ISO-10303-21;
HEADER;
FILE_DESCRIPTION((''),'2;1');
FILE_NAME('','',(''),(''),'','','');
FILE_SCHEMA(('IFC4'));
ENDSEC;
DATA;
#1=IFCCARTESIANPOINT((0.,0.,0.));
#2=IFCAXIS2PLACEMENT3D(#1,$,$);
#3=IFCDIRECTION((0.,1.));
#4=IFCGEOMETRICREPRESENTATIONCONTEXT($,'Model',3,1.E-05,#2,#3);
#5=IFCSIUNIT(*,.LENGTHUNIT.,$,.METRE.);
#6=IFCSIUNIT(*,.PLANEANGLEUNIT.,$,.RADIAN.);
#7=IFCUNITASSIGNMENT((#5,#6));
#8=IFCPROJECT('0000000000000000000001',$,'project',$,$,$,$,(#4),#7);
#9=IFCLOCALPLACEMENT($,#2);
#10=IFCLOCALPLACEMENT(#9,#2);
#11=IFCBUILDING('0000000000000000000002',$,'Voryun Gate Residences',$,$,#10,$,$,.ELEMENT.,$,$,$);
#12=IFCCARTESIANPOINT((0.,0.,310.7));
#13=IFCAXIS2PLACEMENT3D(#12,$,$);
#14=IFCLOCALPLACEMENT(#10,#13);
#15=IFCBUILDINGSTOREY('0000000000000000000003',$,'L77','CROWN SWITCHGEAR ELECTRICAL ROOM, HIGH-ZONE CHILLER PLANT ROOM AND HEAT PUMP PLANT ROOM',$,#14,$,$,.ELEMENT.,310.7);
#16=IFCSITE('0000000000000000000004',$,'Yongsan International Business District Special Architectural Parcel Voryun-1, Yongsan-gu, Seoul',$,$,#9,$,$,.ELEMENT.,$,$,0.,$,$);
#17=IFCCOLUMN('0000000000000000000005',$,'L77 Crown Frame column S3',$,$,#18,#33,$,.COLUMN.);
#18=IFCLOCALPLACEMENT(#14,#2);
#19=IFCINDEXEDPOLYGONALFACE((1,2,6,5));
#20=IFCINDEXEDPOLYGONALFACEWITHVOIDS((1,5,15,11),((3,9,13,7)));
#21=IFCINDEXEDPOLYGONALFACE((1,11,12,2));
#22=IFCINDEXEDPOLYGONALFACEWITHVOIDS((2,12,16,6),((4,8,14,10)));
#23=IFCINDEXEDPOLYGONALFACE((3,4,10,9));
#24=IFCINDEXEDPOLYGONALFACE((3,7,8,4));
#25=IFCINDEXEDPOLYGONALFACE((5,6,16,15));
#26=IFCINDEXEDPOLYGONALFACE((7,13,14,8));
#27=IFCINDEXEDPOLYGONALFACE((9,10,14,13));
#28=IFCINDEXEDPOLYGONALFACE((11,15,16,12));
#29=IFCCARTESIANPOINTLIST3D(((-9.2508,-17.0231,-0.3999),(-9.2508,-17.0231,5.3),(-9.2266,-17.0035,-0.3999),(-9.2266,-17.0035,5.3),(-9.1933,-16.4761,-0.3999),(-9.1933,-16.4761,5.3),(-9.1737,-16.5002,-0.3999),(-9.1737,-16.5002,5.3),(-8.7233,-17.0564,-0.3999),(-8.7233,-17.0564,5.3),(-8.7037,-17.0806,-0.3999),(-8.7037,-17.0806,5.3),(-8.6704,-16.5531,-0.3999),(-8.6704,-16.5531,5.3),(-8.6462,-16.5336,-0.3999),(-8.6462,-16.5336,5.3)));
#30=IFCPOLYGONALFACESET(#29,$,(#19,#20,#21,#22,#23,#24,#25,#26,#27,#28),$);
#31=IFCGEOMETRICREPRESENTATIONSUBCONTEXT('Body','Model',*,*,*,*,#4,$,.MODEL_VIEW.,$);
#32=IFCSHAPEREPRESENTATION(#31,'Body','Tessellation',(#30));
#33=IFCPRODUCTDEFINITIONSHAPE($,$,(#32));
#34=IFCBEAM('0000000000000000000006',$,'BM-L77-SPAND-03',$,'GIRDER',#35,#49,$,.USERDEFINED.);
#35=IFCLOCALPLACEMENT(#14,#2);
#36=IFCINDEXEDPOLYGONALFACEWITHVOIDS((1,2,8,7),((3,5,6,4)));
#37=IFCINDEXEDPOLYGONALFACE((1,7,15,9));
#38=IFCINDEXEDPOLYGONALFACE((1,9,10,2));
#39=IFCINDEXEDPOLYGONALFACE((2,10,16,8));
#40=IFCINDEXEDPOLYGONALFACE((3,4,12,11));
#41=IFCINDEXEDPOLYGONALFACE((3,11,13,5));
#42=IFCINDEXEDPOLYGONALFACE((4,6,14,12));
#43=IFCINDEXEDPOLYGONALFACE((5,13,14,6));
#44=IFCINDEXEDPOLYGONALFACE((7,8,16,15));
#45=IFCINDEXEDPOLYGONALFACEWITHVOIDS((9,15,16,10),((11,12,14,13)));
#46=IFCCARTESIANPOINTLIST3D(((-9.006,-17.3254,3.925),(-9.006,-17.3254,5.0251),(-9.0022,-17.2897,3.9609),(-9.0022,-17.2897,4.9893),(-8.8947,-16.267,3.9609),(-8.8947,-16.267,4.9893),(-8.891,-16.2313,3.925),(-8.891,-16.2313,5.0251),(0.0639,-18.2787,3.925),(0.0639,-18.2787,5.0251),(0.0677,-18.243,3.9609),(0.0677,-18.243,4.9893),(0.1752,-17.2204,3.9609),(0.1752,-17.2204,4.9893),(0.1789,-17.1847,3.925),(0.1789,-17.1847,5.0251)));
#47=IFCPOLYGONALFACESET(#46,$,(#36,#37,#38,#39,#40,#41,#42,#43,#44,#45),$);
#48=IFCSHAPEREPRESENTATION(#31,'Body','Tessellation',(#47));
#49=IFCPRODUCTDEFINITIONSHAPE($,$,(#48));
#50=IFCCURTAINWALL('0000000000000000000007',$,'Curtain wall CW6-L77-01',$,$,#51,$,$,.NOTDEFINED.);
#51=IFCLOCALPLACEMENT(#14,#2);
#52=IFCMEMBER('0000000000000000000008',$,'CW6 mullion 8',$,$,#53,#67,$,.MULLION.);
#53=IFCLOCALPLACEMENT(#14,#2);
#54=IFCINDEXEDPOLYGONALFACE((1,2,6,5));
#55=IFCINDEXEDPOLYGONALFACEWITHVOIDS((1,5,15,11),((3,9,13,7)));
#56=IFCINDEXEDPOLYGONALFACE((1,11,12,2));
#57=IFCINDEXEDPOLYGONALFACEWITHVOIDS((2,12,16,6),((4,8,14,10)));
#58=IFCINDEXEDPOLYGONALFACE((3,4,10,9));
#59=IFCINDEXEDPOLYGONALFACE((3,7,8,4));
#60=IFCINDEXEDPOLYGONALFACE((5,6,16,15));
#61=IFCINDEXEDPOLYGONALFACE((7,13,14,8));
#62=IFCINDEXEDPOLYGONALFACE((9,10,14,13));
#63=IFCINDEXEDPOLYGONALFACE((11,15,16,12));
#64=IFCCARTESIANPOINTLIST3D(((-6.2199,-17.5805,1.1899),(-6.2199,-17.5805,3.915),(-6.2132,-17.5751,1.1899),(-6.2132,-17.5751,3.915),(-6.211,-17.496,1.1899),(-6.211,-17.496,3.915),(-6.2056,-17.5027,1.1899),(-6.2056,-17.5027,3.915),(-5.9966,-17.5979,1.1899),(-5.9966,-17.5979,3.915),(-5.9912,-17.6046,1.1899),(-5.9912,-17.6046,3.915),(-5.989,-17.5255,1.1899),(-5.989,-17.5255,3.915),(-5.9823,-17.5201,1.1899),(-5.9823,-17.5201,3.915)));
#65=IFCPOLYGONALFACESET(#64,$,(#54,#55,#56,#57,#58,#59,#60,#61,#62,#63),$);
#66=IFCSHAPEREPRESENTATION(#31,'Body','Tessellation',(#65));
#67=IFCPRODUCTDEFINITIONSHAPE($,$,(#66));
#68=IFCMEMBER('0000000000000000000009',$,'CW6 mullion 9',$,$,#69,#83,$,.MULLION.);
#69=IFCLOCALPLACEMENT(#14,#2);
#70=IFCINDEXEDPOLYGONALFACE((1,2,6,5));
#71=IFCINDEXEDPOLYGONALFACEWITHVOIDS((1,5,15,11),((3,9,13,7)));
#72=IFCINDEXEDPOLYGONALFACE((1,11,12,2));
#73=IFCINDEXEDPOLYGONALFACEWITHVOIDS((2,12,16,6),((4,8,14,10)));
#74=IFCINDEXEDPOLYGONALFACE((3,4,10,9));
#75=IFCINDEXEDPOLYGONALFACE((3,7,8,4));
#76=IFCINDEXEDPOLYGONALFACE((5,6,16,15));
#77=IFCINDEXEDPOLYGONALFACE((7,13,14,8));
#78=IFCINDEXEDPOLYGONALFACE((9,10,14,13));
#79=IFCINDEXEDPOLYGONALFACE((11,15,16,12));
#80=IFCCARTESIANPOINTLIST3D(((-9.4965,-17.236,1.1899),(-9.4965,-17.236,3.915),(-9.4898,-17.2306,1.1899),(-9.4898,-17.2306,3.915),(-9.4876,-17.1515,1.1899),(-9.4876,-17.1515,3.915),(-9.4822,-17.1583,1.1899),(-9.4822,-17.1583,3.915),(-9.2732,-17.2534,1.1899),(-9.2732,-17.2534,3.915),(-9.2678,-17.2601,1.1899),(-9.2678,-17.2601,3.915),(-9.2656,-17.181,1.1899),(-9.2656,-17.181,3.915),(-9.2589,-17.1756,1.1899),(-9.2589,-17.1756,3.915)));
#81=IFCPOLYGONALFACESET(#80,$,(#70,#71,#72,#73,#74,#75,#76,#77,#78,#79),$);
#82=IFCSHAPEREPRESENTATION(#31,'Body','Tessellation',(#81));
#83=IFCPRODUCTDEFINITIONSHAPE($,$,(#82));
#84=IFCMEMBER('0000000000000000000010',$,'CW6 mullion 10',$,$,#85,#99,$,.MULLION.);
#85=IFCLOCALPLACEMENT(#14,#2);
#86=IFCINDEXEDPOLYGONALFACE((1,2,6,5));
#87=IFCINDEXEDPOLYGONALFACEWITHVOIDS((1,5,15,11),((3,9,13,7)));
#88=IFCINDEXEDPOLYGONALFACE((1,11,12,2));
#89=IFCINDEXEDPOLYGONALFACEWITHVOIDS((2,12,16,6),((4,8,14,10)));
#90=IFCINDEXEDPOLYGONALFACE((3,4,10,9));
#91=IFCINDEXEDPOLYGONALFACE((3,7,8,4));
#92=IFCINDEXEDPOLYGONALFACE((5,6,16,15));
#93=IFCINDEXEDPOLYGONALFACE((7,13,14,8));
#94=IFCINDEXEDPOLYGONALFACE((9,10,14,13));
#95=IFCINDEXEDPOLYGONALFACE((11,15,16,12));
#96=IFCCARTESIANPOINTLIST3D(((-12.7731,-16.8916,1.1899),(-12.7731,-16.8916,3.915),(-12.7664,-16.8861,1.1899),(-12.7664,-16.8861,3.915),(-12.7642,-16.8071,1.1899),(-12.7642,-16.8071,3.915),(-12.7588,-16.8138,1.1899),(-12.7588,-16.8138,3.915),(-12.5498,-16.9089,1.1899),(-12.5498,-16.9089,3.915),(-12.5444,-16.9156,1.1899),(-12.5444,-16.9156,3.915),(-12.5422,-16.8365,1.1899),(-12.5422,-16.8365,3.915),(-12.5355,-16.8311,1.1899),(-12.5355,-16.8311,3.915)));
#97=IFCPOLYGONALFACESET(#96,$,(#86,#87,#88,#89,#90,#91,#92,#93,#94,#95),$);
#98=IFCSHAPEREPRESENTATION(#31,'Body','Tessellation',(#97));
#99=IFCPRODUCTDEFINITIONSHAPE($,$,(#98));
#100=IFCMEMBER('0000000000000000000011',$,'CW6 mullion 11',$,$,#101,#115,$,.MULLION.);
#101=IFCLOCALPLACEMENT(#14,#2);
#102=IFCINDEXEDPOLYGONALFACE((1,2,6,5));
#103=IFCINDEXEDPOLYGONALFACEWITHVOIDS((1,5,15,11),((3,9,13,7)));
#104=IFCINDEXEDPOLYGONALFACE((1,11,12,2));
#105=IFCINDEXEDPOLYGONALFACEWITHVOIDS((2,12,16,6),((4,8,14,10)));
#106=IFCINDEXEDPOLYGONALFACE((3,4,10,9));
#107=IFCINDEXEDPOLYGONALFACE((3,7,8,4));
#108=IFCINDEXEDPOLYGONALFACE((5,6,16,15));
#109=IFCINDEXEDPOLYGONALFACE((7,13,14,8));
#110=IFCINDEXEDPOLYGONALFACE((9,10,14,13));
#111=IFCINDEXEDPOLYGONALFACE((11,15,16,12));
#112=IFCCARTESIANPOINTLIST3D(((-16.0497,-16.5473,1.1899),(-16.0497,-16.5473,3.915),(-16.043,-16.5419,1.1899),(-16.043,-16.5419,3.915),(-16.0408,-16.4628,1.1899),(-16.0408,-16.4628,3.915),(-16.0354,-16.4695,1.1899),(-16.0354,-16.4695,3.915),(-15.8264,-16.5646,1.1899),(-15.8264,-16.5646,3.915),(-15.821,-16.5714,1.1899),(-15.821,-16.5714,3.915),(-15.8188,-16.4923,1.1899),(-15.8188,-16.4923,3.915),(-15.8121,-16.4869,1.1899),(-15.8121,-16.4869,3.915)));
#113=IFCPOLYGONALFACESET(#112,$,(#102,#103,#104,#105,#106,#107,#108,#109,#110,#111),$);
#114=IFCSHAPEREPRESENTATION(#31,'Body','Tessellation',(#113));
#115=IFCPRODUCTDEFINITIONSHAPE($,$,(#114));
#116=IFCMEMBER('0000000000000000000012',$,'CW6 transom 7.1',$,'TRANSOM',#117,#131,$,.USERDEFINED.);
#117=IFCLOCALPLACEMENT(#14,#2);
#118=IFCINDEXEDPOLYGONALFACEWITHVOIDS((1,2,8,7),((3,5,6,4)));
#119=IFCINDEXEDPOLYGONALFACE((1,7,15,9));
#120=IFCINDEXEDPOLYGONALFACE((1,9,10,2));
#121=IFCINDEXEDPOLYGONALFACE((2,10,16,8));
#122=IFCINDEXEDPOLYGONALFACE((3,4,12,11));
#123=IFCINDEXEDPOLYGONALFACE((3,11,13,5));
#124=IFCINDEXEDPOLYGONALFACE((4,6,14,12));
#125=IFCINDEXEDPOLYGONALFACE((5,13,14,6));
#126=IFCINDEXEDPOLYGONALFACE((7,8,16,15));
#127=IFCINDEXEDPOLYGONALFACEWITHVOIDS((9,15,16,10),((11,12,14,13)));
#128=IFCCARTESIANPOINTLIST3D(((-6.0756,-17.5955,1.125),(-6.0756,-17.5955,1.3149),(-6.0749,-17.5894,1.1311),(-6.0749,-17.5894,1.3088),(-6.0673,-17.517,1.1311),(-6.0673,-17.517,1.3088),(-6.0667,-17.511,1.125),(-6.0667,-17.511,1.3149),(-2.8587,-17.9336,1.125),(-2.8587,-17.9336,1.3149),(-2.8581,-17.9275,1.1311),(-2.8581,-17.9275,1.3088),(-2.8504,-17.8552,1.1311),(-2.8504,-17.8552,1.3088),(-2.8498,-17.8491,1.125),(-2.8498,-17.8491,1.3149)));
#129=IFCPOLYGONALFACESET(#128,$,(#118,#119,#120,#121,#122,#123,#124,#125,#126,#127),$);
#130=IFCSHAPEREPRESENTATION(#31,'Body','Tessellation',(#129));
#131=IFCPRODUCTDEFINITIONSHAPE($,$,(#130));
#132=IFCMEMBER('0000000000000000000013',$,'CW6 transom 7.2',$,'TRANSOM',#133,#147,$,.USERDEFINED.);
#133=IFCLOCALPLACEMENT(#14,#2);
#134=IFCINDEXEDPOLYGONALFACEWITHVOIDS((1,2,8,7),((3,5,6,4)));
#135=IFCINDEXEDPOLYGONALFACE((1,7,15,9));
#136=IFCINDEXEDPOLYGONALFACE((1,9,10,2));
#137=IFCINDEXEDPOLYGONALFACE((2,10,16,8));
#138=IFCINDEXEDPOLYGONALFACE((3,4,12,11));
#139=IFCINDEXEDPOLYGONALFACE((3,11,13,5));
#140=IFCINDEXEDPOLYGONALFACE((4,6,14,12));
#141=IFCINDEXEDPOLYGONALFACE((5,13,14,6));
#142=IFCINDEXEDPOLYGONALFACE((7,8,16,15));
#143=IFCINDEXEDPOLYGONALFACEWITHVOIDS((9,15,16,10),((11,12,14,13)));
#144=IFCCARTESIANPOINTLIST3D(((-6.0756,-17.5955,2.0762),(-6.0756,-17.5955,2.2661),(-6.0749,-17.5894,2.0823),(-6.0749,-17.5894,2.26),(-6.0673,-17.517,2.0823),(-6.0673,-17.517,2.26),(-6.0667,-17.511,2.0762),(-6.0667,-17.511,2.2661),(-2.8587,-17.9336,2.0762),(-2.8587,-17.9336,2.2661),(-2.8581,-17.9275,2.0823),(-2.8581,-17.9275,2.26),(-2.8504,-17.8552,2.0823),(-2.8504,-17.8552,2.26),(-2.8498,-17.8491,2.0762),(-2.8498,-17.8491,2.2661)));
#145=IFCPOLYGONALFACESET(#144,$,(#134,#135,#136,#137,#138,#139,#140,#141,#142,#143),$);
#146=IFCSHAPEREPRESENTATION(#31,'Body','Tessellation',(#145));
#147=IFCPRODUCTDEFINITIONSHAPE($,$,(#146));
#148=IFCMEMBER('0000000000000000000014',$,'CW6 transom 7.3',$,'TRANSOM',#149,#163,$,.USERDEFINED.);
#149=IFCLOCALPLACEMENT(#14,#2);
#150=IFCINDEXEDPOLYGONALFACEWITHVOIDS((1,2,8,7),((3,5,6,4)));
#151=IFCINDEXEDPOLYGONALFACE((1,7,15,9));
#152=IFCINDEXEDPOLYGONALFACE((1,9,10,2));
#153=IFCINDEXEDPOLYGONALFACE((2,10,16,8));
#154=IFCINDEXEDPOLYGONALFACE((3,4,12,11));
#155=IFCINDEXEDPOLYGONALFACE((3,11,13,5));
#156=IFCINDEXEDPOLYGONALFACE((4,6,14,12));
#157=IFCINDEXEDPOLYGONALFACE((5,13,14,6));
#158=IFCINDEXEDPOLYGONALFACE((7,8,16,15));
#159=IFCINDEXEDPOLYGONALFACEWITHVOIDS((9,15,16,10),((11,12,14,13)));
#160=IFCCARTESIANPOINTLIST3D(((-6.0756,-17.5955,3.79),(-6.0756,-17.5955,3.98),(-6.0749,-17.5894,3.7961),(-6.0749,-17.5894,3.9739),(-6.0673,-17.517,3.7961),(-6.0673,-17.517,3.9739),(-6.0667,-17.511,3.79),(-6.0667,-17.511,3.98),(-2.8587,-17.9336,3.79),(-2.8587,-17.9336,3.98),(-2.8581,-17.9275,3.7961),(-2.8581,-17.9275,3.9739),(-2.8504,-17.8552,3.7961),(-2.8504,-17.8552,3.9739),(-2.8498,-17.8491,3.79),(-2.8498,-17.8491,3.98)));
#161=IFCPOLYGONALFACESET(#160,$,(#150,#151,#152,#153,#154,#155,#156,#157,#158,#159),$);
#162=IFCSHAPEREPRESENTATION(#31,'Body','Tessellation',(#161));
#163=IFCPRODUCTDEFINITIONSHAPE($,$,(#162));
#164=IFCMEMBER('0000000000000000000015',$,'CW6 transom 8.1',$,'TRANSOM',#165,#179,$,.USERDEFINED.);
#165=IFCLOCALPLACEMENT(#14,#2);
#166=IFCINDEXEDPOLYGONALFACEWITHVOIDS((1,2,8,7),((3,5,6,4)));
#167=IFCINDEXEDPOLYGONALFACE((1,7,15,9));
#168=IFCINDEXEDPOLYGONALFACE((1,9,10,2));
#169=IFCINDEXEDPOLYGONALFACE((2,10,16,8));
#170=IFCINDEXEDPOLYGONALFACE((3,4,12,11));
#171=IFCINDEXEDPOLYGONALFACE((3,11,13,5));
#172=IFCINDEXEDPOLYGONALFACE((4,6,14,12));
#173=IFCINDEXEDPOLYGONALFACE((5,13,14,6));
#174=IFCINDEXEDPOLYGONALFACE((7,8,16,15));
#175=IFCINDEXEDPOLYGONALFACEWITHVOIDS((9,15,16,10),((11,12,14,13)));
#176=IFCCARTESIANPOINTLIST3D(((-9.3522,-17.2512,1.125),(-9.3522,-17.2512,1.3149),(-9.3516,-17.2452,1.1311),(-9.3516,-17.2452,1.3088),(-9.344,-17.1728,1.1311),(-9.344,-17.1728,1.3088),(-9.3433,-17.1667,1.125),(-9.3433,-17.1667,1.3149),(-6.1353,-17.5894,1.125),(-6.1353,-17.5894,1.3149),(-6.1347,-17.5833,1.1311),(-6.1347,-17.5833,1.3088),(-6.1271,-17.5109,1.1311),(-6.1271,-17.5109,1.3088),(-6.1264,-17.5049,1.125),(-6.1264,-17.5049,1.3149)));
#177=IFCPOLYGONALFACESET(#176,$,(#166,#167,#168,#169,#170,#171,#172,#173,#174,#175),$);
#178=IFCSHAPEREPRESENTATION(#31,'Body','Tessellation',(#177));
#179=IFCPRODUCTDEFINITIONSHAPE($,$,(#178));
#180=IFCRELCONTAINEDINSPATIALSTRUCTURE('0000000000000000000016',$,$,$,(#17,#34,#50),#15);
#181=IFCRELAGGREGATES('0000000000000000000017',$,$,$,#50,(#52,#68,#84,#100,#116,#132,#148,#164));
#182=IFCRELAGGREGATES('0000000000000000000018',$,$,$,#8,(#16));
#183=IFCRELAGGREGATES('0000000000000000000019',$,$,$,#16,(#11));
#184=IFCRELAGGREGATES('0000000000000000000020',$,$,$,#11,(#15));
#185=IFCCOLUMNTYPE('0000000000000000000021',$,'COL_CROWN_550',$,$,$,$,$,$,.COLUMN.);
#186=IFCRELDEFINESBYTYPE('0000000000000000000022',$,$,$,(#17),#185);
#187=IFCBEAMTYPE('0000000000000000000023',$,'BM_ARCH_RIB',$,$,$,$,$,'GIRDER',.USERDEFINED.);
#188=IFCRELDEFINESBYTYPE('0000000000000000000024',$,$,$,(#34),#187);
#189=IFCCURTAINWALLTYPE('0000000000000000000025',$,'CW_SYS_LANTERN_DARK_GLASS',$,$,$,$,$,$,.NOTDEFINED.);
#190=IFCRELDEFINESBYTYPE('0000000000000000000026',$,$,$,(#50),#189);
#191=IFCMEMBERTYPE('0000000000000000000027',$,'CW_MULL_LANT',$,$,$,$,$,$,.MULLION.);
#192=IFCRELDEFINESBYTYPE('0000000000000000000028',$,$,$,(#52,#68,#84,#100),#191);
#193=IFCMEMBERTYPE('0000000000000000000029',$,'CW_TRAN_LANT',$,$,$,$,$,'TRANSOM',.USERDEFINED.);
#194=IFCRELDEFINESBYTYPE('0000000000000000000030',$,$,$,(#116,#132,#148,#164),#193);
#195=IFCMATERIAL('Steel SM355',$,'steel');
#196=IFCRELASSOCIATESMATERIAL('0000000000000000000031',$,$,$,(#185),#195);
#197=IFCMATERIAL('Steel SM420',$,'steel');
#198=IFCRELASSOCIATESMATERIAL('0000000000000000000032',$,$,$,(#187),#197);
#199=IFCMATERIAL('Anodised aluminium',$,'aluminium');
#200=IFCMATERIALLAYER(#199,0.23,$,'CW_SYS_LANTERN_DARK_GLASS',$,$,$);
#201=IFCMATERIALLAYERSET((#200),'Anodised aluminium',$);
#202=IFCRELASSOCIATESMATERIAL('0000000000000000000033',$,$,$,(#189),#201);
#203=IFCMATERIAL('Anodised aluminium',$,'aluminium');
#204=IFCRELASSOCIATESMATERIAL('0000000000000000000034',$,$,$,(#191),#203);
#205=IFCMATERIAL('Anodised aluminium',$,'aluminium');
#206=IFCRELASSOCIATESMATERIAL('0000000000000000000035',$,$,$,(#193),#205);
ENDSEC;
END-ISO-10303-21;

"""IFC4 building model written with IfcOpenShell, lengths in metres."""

from ifc_helpers import new_model, si_unit, direction, frame, origin, origin_2d, place, context, subcontext, project, spatial, hollow_rectangle, extrude, material, layer, layer_set, material_profile, profile_set, type_object, element, aggregate, save


model = new_model("IFC4")

# Units and contexts
model_context = context("Model", 3, precision=1e-05, world=origin(), true_north=direction((0.0, 1.0)))
body_context = subcontext(model_context, "Body", "Model", "MODEL_VIEW")
ifc_project = project(units=[si_unit("LENGTHUNIT", "METRE"), si_unit("PLANEANGLEUNIT", "RADIAN")], contexts=[model_context])

# Site, building, storey
site_placement = place(None, origin())
site = spatial("IfcSite", under=ifc_project, at=site_placement, Name="Yongsan International Business District Special Architectural Parcel Voryun-1, Yongsan-gu, Seoul", CompositionType="ELEMENT", RefElevation=0.0)
building_placement = place(site_placement, origin())
building = spatial("IfcBuilding", under=site, at=building_placement, Name="Voryun Gate Residences", CompositionType="ELEMENT")
storey_placement = place(building_placement, frame((0.0, 0.0, 310.7)))
storey = spatial("IfcBuildingStorey", under=building, at=storey_placement, Name="L77", Description="CROWN SWITCHGEAR ELECTRICAL ROOM, HIGH-ZONE CHILLER PLANT ROOM AND HEAT PUMP PLANT ROOM", CompositionType="ELEMENT", Elevation=310.7)

# Column
ifc_material_1 = material(Name="Steel SM355", Category="steel")
ifc_material_profile_1 = material_profile(ifc_material_1, hollow_rectangle(XDim=0.55, YDim=0.55, WallThickness=0.022, at=origin_2d()), Name="BOX-550x550x22")
ifc_profile_set_1 = profile_set([ifc_material_profile_1], Name="Steel SM355")
column_type = type_object("IfcColumnType", Name="COL_CROWN_550", PredefinedType="COLUMN", material=ifc_profile_set_1)
column_placement = place(storey_placement, frame((-8.9485, -16.7783, -0.3999), z_axis=(0.0, 0.0, 1.0), x_axis=(0.994522, -0.104528, 0.0)))
element("IfcColumn", 1, at=column_placement, inside=storey, type_object=column_type, Name="L77 Crown Frame column S3", PredefinedType="COLUMN", context=body_context, shape_type="SweptSolid", body=[
    extrude(hollow_rectangle(XDim=0.55, YDim=0.55, WallThickness=0.022, at=origin_2d()), origin(), (0.0, 0.0, 1.0), 5.7),
])

# Beam
ifc_material_2 = material(Name="Steel SM420", Category="steel")
ifc_material_profile_2 = material_profile(ifc_material_2, hollow_rectangle(XDim=1.1001, YDim=1.1001, WallThickness=0.0359, at=origin_2d()), Name="BOX-1100x1100x36")
ifc_profile_set_2 = profile_set([ifc_material_profile_2], Name="Steel SM420")
beam_type = type_object("IfcBeamType", Name="BM_ARCH_RIB", ElementType="GIRDER", PredefinedType="USERDEFINED", material=ifc_profile_set_2)
beam_placement = place(storey_placement, frame((-8.9485, -16.7783, 4.4751), z_axis=(0.994521, -0.104538, 0.0), x_axis=(0.104538, 0.994521, 0.0)))
element("IfcBeam", 2, at=beam_placement, inside=storey, type_object=beam_type, Name="BM-L77-SPAND-03", ObjectType="GIRDER", PredefinedType="USERDEFINED", context=body_context, shape_type="SweptSolid", body=[
    extrude(hollow_rectangle(XDim=1.1001, YDim=1.1001, WallThickness=0.0359, at=origin_2d()), origin(), (0.0, 0.0, 1.0), 9.1199),
])

# Curtain wall, members
ifc_material_3 = material(Name="Anodised aluminium", Category="aluminium")
ifc_layer_1 = layer(ifc_material_3, 0.23, Name="CW_SYS_LANTERN_DARK_GLASS")
ifc_layer_set_1 = layer_set([ifc_layer_1], Name="Anodised aluminium")
curtain_wall_type = type_object("IfcCurtainWallType", Name="CW_SYS_LANTERN_DARK_GLASS", PredefinedType="NOTDEFINED", material=ifc_layer_set_1)
curtain_wall_placement = place(storey_placement, origin())
curtain_wall = element("IfcCurtainWall", 3, at=curtain_wall_placement, inside=storey, type_object=curtain_wall_type, Name="Curtain wall CW6-L77-01", PredefinedType="NOTDEFINED")
ifc_material_4 = material(Name="Anodised aluminium", Category="aluminium")
ifc_material_profile_3 = material_profile(ifc_material_4, hollow_rectangle(XDim=0.085, YDim=0.23, WallThickness=0.0061, at=origin_2d()), Name="ALU-MULL-230x85x6")
ifc_profile_set_3 = profile_set([ifc_material_profile_3], Name="Anodised aluminium")
member_type_1 = type_object("IfcMemberType", Name="CW_MULL_LANT", PredefinedType="MULLION", material=ifc_profile_set_3)
member_1_placement = place(storey_placement, frame((-6.1011, -17.5503, 1.1899), z_axis=(0.0, 0.0, 1.0), x_axis=(-0.104528, -0.994522, 0.0)))
member_1 = element("IfcMember", 4, at=member_1_placement, type_object=member_type_1, Name="CW6 mullion 8", PredefinedType="MULLION", context=body_context, shape_type="SweptSolid", body=[
    extrude(hollow_rectangle(XDim=0.085, YDim=0.23, WallThickness=0.0061, at=origin_2d()), origin(), (0.0, 0.0, 1.0), 2.7251),
])
member_2_placement = place(storey_placement, frame((-9.3777, -17.2058, 1.1899), z_axis=(0.0, 0.0, 1.0), x_axis=(-0.104528, -0.994522, 0.0)))
member_2 = element("IfcMember", 5, at=member_2_placement, type_object=member_type_1, Name="CW6 mullion 9", PredefinedType="MULLION", context=body_context, shape_type="SweptSolid", body=[
    extrude(hollow_rectangle(XDim=0.085, YDim=0.23, WallThickness=0.0061, at=origin_2d()), origin(), (0.0, 0.0, 1.0), 2.7251),
])
member_3_placement = place(storey_placement, frame((-12.6543, -16.8613, 1.1899), z_axis=(0.0, 0.0, 1.0), x_axis=(-0.104528, -0.994522, 0.0)))
member_3 = element("IfcMember", 6, at=member_3_placement, type_object=member_type_1, Name="CW6 mullion 10", PredefinedType="MULLION", context=body_context, shape_type="SweptSolid", body=[
    extrude(hollow_rectangle(XDim=0.085, YDim=0.23, WallThickness=0.0061, at=origin_2d()), origin(), (0.0, 0.0, 1.0), 2.7251),
])
member_4_placement = place(storey_placement, frame((-15.9309, -16.5171, 1.1899), z_axis=(0.0, 0.0, 1.0), x_axis=(-0.104528, -0.994522, 0.0)))
member_4 = element("IfcMember", 7, at=member_4_placement, type_object=member_type_1, Name="CW6 mullion 11", PredefinedType="MULLION", context=body_context, shape_type="SweptSolid", body=[
    extrude(hollow_rectangle(XDim=0.085, YDim=0.23, WallThickness=0.0061, at=origin_2d()), origin(), (0.0, 0.0, 1.0), 2.7251),
])
ifc_material_5 = material(Name="Anodised aluminium", Category="aluminium")
ifc_material_profile_4 = material_profile(ifc_material_5, hollow_rectangle(XDim=0.085, YDim=0.1899, WallThickness=0.0061, at=origin_2d()), Name="ALU-TRAN-190x85x6")
ifc_profile_set_4 = profile_set([ifc_material_profile_4], Name="Anodised aluminium")
member_type_2 = type_object("IfcMemberType", Name="CW_TRAN_LANT", ElementType="TRANSOM", PredefinedType="USERDEFINED", material=ifc_profile_set_4)
member_5_placement = place(storey_placement, frame((-2.8542, -17.8914, 1.22), z_axis=(-0.994521, 0.104539, 0.0), x_axis=(-0.104539, -0.994521, 0.0)))
member_5 = element("IfcMember", 8, at=member_5_placement, type_object=member_type_2, Name="CW6 transom 7.1", ObjectType="TRANSOM", PredefinedType="USERDEFINED", context=body_context, shape_type="SweptSolid", body=[
    extrude(hollow_rectangle(XDim=0.085, YDim=0.1899, WallThickness=0.0061, at=origin_2d()), origin(), (0.0, 0.0, 1.0), 3.2346),
])
member_6_placement = place(storey_placement, frame((-2.8542, -17.8914, 2.1711), z_axis=(-0.994521, 0.104539, 0.0), x_axis=(-0.104539, -0.994521, 0.0)))
member_6 = element("IfcMember", 9, at=member_6_placement, type_object=member_type_2, Name="CW6 transom 7.2", ObjectType="TRANSOM", PredefinedType="USERDEFINED", context=body_context, shape_type="SweptSolid", body=[
    extrude(hollow_rectangle(XDim=0.085, YDim=0.1899, WallThickness=0.0061, at=origin_2d()), origin(), (0.0, 0.0, 1.0), 3.2346),
])
member_7_placement = place(storey_placement, frame((-2.8542, -17.8914, 3.885), z_axis=(-0.994521, 0.104539, 0.0), x_axis=(-0.104539, -0.994521, 0.0)))
member_7 = element("IfcMember", 10, at=member_7_placement, type_object=member_type_2, Name="CW6 transom 7.3", ObjectType="TRANSOM", PredefinedType="USERDEFINED", context=body_context, shape_type="SweptSolid", body=[
    extrude(hollow_rectangle(XDim=0.085, YDim=0.1899, WallThickness=0.0061, at=origin_2d()), origin(), (0.0, 0.0, 1.0), 3.2346),
])
member_8_placement = place(storey_placement, frame((-6.1309, -17.5471, 1.22), z_axis=(-0.994521, 0.104539, 0.0), x_axis=(-0.104539, -0.994521, 0.0)))
member_8 = element("IfcMember", 11, at=member_8_placement, type_object=member_type_2, Name="CW6 transom 8.1", ObjectType="TRANSOM", PredefinedType="USERDEFINED", context=body_context, shape_type="SweptSolid", body=[
    extrude(hollow_rectangle(XDim=0.085, YDim=0.1899, WallThickness=0.0061, at=origin_2d()), origin(), (0.0, 0.0, 1.0), 3.2346),
])

aggregate(curtain_wall, [member_1, member_2, member_3, member_4, member_5, member_6, member_7, member_8])

save(model, "model.ifc")
